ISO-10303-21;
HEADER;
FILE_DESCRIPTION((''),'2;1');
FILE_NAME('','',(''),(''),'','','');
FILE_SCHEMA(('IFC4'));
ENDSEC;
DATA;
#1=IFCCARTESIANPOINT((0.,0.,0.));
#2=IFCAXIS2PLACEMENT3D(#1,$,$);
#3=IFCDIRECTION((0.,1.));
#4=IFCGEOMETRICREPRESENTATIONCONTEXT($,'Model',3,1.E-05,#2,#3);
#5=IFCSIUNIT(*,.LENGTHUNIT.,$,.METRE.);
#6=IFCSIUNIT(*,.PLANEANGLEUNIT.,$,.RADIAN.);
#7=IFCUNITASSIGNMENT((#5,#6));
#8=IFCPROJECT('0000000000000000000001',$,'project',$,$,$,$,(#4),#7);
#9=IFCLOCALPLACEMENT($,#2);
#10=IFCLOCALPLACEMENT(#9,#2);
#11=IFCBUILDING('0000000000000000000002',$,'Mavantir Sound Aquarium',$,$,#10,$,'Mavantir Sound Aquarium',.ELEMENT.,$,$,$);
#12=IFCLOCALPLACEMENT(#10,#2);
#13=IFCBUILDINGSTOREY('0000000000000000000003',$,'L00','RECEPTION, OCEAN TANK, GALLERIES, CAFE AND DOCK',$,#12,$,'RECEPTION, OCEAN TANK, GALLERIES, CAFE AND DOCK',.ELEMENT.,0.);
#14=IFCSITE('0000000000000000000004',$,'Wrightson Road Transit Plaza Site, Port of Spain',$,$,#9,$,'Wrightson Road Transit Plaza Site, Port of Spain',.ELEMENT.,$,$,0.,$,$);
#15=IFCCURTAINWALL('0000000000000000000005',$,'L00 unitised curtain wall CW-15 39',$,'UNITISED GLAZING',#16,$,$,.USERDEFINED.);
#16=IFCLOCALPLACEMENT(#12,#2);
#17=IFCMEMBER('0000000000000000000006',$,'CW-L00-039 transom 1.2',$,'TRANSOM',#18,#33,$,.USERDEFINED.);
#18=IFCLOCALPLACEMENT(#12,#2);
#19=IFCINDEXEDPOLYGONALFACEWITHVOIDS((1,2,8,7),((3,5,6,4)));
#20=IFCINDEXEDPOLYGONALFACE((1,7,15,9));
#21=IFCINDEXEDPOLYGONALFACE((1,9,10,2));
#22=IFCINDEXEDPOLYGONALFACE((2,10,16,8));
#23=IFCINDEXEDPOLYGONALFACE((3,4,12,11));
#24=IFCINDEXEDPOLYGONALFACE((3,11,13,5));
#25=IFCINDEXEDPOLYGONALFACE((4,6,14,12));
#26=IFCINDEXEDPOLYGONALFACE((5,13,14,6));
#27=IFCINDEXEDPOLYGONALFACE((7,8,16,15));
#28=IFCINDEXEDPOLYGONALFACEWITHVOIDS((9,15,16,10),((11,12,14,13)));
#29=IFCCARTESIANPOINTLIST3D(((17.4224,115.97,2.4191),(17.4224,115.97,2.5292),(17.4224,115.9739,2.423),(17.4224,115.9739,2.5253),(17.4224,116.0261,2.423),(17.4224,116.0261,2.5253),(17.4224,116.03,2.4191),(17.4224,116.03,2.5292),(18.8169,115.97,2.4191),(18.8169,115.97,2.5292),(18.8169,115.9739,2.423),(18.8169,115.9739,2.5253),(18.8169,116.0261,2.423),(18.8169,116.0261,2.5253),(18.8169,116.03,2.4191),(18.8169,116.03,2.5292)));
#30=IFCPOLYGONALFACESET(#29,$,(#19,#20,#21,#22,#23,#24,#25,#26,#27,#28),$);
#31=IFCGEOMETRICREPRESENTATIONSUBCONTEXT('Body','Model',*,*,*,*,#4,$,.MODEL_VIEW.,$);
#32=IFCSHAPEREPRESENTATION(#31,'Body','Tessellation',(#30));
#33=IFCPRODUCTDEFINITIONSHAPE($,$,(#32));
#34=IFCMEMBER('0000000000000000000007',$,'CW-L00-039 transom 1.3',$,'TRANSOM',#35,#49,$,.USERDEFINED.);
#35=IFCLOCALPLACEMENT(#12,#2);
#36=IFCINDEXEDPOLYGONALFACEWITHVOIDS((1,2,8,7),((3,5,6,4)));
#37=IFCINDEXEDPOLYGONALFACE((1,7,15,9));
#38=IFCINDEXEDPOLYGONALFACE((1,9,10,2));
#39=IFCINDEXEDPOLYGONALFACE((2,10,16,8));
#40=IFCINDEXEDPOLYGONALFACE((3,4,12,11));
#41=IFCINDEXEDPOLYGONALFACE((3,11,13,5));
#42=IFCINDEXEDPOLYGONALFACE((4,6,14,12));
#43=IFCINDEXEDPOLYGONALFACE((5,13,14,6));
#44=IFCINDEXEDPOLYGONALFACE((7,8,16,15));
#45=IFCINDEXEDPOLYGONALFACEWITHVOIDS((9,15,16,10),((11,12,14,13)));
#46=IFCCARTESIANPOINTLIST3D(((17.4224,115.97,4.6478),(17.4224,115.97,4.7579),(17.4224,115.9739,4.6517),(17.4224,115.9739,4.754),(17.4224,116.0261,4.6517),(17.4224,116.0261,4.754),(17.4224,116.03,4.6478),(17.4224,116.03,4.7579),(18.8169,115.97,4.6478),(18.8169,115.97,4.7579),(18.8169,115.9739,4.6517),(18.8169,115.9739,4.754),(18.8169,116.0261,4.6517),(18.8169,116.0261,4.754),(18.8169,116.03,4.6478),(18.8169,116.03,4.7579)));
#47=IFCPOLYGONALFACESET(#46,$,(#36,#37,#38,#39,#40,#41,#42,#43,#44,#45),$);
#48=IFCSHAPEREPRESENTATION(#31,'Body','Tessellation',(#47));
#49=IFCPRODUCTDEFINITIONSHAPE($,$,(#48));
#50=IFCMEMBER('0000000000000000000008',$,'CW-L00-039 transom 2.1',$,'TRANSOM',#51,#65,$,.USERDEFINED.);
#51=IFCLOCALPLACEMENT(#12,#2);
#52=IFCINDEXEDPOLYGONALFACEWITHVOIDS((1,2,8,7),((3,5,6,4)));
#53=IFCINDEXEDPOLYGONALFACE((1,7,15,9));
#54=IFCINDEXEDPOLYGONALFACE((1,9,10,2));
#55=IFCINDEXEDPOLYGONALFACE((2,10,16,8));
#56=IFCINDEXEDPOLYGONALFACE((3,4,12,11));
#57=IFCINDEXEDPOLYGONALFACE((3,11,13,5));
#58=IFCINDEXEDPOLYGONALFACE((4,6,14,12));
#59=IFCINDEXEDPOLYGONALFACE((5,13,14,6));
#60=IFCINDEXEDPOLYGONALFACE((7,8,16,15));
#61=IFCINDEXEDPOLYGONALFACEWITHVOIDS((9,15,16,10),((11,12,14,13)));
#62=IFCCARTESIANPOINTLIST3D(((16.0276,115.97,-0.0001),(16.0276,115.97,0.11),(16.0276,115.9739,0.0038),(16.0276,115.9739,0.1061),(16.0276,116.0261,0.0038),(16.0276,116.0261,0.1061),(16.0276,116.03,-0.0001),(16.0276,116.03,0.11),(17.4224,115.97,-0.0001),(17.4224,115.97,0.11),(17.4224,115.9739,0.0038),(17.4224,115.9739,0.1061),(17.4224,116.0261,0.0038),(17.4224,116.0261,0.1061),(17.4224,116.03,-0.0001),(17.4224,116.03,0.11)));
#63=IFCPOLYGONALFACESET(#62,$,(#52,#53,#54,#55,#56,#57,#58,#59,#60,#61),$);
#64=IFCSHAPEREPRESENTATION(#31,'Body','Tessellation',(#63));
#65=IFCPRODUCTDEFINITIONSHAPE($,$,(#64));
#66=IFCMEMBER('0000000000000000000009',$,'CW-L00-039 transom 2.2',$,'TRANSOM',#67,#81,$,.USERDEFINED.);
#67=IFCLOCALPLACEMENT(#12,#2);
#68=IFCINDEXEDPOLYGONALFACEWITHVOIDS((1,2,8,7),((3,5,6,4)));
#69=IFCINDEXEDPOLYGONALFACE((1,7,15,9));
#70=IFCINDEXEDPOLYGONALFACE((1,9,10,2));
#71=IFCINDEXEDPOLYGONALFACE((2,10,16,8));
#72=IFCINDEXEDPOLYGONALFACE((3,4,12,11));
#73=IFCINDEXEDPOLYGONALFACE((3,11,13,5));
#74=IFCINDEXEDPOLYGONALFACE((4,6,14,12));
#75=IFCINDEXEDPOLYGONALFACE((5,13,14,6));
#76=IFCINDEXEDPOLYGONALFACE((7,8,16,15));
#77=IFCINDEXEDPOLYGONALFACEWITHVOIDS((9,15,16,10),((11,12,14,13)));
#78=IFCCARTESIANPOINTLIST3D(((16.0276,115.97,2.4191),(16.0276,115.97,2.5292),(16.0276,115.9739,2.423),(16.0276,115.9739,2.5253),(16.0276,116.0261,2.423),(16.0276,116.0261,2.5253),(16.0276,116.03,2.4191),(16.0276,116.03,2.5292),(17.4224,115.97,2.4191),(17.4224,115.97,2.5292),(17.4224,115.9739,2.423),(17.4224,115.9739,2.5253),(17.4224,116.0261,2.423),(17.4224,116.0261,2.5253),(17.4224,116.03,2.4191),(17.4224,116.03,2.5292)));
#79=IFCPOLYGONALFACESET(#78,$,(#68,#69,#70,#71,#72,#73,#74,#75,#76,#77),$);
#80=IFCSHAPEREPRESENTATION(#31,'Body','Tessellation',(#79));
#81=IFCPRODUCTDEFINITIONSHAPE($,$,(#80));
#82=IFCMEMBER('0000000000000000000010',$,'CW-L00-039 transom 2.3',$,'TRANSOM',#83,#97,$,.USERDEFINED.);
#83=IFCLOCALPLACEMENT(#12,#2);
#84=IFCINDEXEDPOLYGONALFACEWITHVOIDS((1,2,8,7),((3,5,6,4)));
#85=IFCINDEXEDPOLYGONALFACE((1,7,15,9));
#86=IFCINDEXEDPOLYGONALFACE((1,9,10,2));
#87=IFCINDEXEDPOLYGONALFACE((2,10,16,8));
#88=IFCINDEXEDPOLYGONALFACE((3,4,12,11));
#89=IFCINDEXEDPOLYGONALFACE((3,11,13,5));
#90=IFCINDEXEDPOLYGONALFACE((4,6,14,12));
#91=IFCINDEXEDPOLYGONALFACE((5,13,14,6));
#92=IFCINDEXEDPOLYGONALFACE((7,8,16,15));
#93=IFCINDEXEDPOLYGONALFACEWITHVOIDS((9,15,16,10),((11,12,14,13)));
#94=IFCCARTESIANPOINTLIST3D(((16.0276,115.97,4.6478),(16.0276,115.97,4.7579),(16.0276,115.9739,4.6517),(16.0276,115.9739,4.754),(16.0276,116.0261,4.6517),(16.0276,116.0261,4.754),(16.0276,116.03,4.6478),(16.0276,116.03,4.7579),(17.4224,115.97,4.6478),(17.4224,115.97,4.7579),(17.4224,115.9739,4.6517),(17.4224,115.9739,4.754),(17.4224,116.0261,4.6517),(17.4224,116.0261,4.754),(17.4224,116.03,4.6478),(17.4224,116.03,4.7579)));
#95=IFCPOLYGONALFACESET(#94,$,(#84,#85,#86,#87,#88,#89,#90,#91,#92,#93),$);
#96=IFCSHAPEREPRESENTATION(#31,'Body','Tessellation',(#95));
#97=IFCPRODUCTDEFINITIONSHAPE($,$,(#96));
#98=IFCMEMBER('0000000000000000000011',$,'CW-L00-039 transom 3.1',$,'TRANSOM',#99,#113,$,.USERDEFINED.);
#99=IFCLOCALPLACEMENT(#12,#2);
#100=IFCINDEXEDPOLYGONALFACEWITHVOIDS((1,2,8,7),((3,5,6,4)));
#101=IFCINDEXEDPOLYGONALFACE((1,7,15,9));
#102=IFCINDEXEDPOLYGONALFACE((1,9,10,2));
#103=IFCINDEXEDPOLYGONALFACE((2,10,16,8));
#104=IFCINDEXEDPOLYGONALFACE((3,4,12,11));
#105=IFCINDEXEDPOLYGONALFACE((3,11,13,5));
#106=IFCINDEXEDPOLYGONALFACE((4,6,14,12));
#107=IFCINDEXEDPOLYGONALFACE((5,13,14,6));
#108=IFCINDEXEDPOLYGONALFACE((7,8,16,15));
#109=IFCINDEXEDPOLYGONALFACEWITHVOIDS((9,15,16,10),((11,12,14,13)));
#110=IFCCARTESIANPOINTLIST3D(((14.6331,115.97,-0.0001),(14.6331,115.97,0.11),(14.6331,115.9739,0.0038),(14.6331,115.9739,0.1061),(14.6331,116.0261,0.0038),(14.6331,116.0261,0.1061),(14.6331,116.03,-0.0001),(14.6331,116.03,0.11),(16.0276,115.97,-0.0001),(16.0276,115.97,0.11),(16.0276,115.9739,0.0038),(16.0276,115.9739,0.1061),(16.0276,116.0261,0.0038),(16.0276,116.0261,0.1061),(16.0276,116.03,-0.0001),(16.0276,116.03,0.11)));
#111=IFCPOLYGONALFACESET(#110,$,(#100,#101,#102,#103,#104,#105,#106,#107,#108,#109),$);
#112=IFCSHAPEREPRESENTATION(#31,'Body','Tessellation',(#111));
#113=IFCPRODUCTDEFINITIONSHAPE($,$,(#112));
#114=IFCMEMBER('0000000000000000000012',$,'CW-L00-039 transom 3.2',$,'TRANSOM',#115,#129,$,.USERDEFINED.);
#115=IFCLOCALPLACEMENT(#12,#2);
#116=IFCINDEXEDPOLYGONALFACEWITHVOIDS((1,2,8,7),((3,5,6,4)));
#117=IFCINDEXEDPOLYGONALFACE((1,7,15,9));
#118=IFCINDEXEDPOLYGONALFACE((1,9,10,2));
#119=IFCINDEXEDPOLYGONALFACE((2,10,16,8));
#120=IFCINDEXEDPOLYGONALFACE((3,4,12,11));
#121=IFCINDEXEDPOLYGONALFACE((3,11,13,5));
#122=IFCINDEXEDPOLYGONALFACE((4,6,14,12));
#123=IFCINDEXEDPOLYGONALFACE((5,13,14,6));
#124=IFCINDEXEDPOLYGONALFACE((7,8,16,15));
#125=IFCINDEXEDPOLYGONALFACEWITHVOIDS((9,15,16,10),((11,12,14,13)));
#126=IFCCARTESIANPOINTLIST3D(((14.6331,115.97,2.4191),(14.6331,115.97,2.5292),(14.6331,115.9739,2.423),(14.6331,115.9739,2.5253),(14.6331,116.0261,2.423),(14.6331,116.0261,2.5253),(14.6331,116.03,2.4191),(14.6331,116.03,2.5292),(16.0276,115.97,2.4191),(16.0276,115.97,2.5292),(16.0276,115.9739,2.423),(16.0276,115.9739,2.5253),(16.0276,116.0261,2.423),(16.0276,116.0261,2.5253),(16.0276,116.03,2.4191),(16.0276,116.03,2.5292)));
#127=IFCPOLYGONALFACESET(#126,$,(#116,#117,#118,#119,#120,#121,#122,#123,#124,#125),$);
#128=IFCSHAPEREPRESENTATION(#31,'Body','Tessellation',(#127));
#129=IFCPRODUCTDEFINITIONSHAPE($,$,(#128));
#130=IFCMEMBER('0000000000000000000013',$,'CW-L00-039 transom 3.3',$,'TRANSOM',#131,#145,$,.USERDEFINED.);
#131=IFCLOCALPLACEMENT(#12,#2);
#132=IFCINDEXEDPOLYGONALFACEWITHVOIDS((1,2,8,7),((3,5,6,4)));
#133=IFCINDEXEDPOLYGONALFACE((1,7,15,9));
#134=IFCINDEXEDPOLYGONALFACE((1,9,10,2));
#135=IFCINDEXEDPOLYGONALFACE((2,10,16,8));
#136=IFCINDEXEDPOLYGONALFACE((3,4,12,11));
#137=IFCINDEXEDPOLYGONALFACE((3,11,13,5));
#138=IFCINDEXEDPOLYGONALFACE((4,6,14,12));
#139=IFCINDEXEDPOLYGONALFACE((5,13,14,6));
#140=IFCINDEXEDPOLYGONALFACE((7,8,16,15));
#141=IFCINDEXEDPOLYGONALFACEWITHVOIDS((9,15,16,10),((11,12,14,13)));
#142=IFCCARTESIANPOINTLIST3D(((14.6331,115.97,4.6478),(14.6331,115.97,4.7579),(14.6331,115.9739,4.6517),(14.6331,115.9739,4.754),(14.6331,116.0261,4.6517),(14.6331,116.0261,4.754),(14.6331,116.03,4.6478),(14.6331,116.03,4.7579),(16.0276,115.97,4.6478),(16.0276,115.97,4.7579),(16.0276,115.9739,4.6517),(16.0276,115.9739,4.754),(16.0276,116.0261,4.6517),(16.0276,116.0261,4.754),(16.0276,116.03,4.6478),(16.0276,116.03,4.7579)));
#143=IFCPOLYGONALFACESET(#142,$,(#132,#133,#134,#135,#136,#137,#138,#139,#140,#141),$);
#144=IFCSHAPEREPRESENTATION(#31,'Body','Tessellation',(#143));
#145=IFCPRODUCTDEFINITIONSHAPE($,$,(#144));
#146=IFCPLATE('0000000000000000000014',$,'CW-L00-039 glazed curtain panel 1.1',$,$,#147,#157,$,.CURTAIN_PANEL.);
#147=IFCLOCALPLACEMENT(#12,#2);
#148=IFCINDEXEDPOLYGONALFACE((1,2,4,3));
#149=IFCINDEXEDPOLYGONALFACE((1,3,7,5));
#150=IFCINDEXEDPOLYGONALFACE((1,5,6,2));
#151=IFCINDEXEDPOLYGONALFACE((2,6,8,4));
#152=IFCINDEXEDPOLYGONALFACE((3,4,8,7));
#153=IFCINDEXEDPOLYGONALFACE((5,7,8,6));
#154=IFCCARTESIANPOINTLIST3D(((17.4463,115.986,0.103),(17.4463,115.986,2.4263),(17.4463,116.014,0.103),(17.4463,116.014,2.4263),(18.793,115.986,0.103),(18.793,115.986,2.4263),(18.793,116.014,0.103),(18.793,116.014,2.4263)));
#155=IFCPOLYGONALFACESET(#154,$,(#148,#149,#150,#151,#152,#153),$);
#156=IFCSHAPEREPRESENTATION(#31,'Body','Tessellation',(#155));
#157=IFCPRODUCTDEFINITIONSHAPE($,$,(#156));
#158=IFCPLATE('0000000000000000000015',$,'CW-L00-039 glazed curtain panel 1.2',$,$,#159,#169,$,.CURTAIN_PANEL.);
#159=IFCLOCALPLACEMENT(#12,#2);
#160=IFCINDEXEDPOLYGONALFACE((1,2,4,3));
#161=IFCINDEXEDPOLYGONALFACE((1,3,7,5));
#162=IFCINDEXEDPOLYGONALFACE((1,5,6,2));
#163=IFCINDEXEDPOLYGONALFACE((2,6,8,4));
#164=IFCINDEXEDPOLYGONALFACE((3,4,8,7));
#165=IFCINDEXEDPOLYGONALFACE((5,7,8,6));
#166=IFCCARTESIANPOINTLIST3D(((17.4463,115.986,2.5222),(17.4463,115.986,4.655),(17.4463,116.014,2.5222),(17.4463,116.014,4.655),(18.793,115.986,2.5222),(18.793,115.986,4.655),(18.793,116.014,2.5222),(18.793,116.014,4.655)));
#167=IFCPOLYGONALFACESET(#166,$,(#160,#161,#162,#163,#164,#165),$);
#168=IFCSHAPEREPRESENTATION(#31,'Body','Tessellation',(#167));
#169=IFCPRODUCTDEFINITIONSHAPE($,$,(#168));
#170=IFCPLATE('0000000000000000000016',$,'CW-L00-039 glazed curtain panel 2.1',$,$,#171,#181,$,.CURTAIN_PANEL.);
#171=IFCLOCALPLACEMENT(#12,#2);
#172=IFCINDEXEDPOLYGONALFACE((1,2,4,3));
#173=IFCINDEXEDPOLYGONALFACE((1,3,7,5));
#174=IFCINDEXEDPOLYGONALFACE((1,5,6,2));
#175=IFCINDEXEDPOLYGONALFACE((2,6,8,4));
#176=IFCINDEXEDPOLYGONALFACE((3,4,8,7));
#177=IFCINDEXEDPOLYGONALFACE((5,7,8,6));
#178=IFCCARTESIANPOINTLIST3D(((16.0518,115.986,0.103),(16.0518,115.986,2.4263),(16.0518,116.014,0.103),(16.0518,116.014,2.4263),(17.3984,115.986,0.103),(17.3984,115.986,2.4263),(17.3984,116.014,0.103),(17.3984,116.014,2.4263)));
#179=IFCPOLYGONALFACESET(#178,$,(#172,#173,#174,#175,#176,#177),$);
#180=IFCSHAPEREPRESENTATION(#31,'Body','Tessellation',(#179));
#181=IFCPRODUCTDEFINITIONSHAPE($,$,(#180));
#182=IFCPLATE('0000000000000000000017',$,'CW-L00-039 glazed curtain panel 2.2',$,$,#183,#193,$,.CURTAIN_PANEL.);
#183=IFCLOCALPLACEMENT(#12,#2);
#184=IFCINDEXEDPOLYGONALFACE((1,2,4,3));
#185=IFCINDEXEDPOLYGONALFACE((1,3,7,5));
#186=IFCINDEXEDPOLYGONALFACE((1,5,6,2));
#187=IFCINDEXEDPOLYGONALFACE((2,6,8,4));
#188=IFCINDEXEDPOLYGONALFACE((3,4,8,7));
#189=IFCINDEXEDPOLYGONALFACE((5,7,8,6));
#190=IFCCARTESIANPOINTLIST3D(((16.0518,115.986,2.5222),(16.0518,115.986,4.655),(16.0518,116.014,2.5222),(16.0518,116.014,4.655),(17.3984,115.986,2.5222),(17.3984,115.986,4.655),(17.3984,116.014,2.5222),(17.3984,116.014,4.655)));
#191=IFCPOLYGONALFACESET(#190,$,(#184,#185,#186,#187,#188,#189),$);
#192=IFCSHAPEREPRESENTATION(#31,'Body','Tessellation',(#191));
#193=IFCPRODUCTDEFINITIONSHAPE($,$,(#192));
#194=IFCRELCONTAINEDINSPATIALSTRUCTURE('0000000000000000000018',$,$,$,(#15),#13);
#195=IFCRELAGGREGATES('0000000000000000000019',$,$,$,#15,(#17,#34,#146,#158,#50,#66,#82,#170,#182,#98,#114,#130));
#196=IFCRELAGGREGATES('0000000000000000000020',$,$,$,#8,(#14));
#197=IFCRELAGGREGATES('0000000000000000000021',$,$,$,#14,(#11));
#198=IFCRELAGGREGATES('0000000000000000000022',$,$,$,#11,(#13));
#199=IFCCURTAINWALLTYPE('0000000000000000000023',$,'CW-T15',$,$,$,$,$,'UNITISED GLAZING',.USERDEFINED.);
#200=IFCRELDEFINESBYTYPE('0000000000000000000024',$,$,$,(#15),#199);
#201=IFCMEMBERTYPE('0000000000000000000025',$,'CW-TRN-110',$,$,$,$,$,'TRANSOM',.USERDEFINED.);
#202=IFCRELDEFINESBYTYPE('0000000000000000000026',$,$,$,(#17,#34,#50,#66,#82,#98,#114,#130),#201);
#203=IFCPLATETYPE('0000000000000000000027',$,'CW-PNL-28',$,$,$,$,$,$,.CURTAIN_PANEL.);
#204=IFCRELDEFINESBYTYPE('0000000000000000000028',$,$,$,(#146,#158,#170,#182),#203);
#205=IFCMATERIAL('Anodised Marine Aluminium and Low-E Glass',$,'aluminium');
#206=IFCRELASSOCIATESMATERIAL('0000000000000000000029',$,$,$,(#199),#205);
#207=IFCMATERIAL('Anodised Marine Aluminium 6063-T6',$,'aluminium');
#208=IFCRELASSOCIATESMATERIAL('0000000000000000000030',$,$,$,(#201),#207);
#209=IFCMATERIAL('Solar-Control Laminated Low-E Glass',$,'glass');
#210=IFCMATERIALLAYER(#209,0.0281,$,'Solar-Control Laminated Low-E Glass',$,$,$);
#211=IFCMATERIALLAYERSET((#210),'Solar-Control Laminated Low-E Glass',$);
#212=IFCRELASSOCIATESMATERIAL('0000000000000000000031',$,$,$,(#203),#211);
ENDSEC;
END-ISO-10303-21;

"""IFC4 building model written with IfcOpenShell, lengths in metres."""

from ifc_helpers import new_model, si_unit, direction, frame, origin, origin_2d, place, context, subcontext, project, spatial, rectangle, hollow_rectangle, extrude, material, layer, layer_set, material_profile, profile_set, type_object, element, aggregate, save


model = new_model("IFC4")

# Units and contexts
model_context = context("Model", 3, precision=1e-05, world=origin(), true_north=direction((0.0, 1.0)))
body_context = subcontext(model_context, "Body", "Model", "MODEL_VIEW")
ifc_project = project(units=[si_unit("LENGTHUNIT", "METRE"), si_unit("PLANEANGLEUNIT", "RADIAN")], contexts=[model_context])

# Site, building, storey
site_placement = place(None, origin())
site = spatial("IfcSite", under=ifc_project, at=site_placement, Name="Wrightson Road Transit Plaza Site, Port of Spain", LongName="Wrightson Road Transit Plaza Site, Port of Spain", CompositionType="ELEMENT", RefElevation=0.0)
building_placement = place(site_placement, origin())
building = spatial("IfcBuilding", under=site, at=building_placement, Name="Mavantir Sound Aquarium", LongName="Mavantir Sound Aquarium", CompositionType="ELEMENT")
storey_placement = place(building_placement, origin())
storey = spatial("IfcBuildingStorey", under=building, at=storey_placement, Name="L00", Description="RECEPTION, OCEAN TANK, GALLERIES, CAFE AND DOCK", LongName="RECEPTION, OCEAN TANK, GALLERIES, CAFE AND DOCK", CompositionType="ELEMENT", Elevation=0.0)

# Curtain wall
ifc_material_1 = material(Name="Anodised Marine Aluminium and Low-E Glass", Category="aluminium")
curtain_wall_type_1 = type_object("IfcCurtainWallType", Name="CW-T15", ElementType="UNITISED GLAZING", PredefinedType="USERDEFINED", material=ifc_material_1)
curtain_wall_1_placement = place(storey_placement, origin())
curtain_wall_1 = element("IfcCurtainWall", 1, at=curtain_wall_1_placement, inside=storey, type_object=curtain_wall_type_1, Name="L00 unitised curtain wall CW-15 39", ObjectType="UNITISED GLAZING", PredefinedType="USERDEFINED")
ifc_material_2 = material(Name="Anodised Marine Aluminium 6063-T6", Category="aluminium")

# Members
ifc_material_profile_1 = material_profile(ifc_material_2, hollow_rectangle(XDim=0.0601, YDim=0.1101, WallThickness=0.0039, at=origin_2d()), Name="ALU-TRANSOM-110X60")
ifc_profile_set_1 = profile_set([ifc_material_profile_1], Name="Anodised Marine Aluminium 6063-T6")
member_type_1 = type_object("IfcMemberType", Name="CW-TRN-110", ElementType="TRANSOM", PredefinedType="USERDEFINED", material=ifc_profile_set_1)
member_1_placement = place(storey_placement, frame((18.8169, 116.0, 2.4741), z_axis=(-1.0, 0.0, 0.0), x_axis=(0.0, -1.0, 0.0)))
member_1 = element("IfcMember", 2, at=member_1_placement, type_object=member_type_1, Name="CW-L00-039 transom 1.2", ObjectType="TRANSOM", PredefinedType="USERDEFINED", context=body_context, shape_type="SweptSolid", body=[
    extrude(hollow_rectangle(XDim=0.0601, YDim=0.1101, WallThickness=0.0039, at=origin_2d()), origin(), (0.0, 0.0, 1.0), 1.3945),
])
member_2_placement = place(storey_placement, frame((18.8169, 116.0, 4.7029), z_axis=(-1.0, 0.0, 0.0), x_axis=(0.0, -1.0, 0.0)))
member_2 = element("IfcMember", 3, at=member_2_placement, type_object=member_type_1, Name="CW-L00-039 transom 1.3", ObjectType="TRANSOM", PredefinedType="USERDEFINED", context=body_context, shape_type="SweptSolid", body=[
    extrude(hollow_rectangle(XDim=0.0601, YDim=0.1101, WallThickness=0.0039, at=origin_2d()), origin(), (0.0, 0.0, 1.0), 1.3945),
])
member_3_placement = place(storey_placement, frame((17.4224, 116.0, 0.0549), z_axis=(-1.0, 0.0, 0.0), x_axis=(0.0, -1.0, 0.0)))
member_3 = element("IfcMember", 4, at=member_3_placement, type_object=member_type_1, Name="CW-L00-039 transom 2.1", ObjectType="TRANSOM", PredefinedType="USERDEFINED", context=body_context, shape_type="SweptSolid", body=[
    extrude(hollow_rectangle(XDim=0.0601, YDim=0.1101, WallThickness=0.0039, at=origin_2d()), origin(), (0.0, 0.0, 1.0), 1.3948),
])
member_4_placement = place(storey_placement, frame((17.4224, 116.0, 2.4741), z_axis=(-1.0, 0.0, 0.0), x_axis=(0.0, -1.0, 0.0)))
member_4 = element("IfcMember", 5, at=member_4_placement, type_object=member_type_1, Name="CW-L00-039 transom 2.2", ObjectType="TRANSOM", PredefinedType="USERDEFINED", context=body_context, shape_type="SweptSolid", body=[
    extrude(hollow_rectangle(XDim=0.0601, YDim=0.1101, WallThickness=0.0039, at=origin_2d()), origin(), (0.0, 0.0, 1.0), 1.3948),
])
member_5_placement = place(storey_placement, frame((17.4224, 116.0, 4.7029), z_axis=(-1.0, 0.0, 0.0), x_axis=(0.0, -1.0, 0.0)))
member_5 = element("IfcMember", 6, at=member_5_placement, type_object=member_type_1, Name="CW-L00-039 transom 2.3", ObjectType="TRANSOM", PredefinedType="USERDEFINED", context=body_context, shape_type="SweptSolid", body=[
    extrude(hollow_rectangle(XDim=0.0601, YDim=0.1101, WallThickness=0.0039, at=origin_2d()), origin(), (0.0, 0.0, 1.0), 1.3948),
])
member_6_placement = place(storey_placement, frame((16.0276, 116.0, 0.0549), z_axis=(-1.0, 0.0, 0.0), x_axis=(0.0, -1.0, 0.0)))
member_6 = element("IfcMember", 7, at=member_6_placement, type_object=member_type_1, Name="CW-L00-039 transom 3.1", ObjectType="TRANSOM", PredefinedType="USERDEFINED", context=body_context, shape_type="SweptSolid", body=[
    extrude(hollow_rectangle(XDim=0.0601, YDim=0.1101, WallThickness=0.0039, at=origin_2d()), origin(), (0.0, 0.0, 1.0), 1.3945),
])
member_7_placement = place(storey_placement, frame((16.0276, 116.0, 2.4741), z_axis=(-1.0, 0.0, 0.0), x_axis=(0.0, -1.0, 0.0)))
member_7 = element("IfcMember", 8, at=member_7_placement, type_object=member_type_1, Name="CW-L00-039 transom 3.2", ObjectType="TRANSOM", PredefinedType="USERDEFINED", context=body_context, shape_type="SweptSolid", body=[
    extrude(hollow_rectangle(XDim=0.0601, YDim=0.1101, WallThickness=0.0039, at=origin_2d()), origin(), (0.0, 0.0, 1.0), 1.3945),
])
member_8_placement = place(storey_placement, frame((16.0276, 116.0, 4.7029), z_axis=(-1.0, 0.0, 0.0), x_axis=(0.0, -1.0, 0.0)))
member_8 = element("IfcMember", 9, at=member_8_placement, type_object=member_type_1, Name="CW-L00-039 transom 3.3", ObjectType="TRANSOM", PredefinedType="USERDEFINED", context=body_context, shape_type="SweptSolid", body=[
    extrude(hollow_rectangle(XDim=0.0601, YDim=0.1101, WallThickness=0.0039, at=origin_2d()), origin(), (0.0, 0.0, 1.0), 1.3945),
])

# Plates
ifc_material_3 = material(Name="Solar-Control Laminated Low-E Glass", Category="glass")
ifc_layer_1 = layer(ifc_material_3, 0.0281, Name="Solar-Control Laminated Low-E Glass")
ifc_layer_set_1 = layer_set([ifc_layer_1], Name="Solar-Control Laminated Low-E Glass")
plate_type_1 = type_object("IfcPlateType", Name="CW-PNL-28", PredefinedType="CURTAIN_PANEL", material=ifc_layer_set_1)
plate_1_placement = place(storey_placement, frame((18.1196, 116.0, 0.103), z_axis=(0.0, 0.0, 1.0), x_axis=(-1.0, 0.0, 0.0)))
plate_1 = element("IfcPlate", 10, at=plate_1_placement, type_object=plate_type_1, Name="CW-L00-039 glazed curtain panel 1.1", PredefinedType="CURTAIN_PANEL", context=body_context, shape_type="SweptSolid", body=[
    extrude(rectangle(XDim=1.3467, YDim=0.0281, at=origin_2d()), origin(), (0.0, 0.0, 1.0), 2.3232),
])
plate_2_placement = place(storey_placement, frame((18.1196, 116.0, 2.5222), z_axis=(0.0, 0.0, 1.0), x_axis=(-1.0, 0.0, 0.0)))
plate_2 = element("IfcPlate", 11, at=plate_2_placement, type_object=plate_type_1, Name="CW-L00-039 glazed curtain panel 1.2", PredefinedType="CURTAIN_PANEL", context=body_context, shape_type="SweptSolid", body=[
    extrude(rectangle(XDim=1.3467, YDim=0.0281, at=origin_2d()), origin(), (0.0, 0.0, 1.0), 2.1328),
])
plate_3_placement = place(storey_placement, frame((16.7251, 116.0, 0.103), z_axis=(0.0, 0.0, 1.0), x_axis=(-1.0, 0.0, 0.0)))
plate_3 = element("IfcPlate", 12, at=plate_3_placement, type_object=plate_type_1, Name="CW-L00-039 glazed curtain panel 2.1", PredefinedType="CURTAIN_PANEL", context=body_context, shape_type="SweptSolid", body=[
    extrude(rectangle(XDim=1.3467, YDim=0.0281, at=origin_2d()), origin(), (0.0, 0.0, 1.0), 2.3232),
])
plate_4_placement = place(storey_placement, frame((16.7251, 116.0, 2.5222), z_axis=(0.0, 0.0, 1.0), x_axis=(-1.0, 0.0, 0.0)))
plate_4 = element("IfcPlate", 13, at=plate_4_placement, type_object=plate_type_1, Name="CW-L00-039 glazed curtain panel 2.2", PredefinedType="CURTAIN_PANEL", context=body_context, shape_type="SweptSolid", body=[
    extrude(rectangle(XDim=1.3467, YDim=0.0281, at=origin_2d()), origin(), (0.0, 0.0, 1.0), 2.1328),
])
aggregate(curtain_wall_1, [member_1, member_2, plate_1, plate_2, member_3, member_4, member_5, plate_3, plate_4, member_6, member_7, member_8])

save(model, "model.ifc")
